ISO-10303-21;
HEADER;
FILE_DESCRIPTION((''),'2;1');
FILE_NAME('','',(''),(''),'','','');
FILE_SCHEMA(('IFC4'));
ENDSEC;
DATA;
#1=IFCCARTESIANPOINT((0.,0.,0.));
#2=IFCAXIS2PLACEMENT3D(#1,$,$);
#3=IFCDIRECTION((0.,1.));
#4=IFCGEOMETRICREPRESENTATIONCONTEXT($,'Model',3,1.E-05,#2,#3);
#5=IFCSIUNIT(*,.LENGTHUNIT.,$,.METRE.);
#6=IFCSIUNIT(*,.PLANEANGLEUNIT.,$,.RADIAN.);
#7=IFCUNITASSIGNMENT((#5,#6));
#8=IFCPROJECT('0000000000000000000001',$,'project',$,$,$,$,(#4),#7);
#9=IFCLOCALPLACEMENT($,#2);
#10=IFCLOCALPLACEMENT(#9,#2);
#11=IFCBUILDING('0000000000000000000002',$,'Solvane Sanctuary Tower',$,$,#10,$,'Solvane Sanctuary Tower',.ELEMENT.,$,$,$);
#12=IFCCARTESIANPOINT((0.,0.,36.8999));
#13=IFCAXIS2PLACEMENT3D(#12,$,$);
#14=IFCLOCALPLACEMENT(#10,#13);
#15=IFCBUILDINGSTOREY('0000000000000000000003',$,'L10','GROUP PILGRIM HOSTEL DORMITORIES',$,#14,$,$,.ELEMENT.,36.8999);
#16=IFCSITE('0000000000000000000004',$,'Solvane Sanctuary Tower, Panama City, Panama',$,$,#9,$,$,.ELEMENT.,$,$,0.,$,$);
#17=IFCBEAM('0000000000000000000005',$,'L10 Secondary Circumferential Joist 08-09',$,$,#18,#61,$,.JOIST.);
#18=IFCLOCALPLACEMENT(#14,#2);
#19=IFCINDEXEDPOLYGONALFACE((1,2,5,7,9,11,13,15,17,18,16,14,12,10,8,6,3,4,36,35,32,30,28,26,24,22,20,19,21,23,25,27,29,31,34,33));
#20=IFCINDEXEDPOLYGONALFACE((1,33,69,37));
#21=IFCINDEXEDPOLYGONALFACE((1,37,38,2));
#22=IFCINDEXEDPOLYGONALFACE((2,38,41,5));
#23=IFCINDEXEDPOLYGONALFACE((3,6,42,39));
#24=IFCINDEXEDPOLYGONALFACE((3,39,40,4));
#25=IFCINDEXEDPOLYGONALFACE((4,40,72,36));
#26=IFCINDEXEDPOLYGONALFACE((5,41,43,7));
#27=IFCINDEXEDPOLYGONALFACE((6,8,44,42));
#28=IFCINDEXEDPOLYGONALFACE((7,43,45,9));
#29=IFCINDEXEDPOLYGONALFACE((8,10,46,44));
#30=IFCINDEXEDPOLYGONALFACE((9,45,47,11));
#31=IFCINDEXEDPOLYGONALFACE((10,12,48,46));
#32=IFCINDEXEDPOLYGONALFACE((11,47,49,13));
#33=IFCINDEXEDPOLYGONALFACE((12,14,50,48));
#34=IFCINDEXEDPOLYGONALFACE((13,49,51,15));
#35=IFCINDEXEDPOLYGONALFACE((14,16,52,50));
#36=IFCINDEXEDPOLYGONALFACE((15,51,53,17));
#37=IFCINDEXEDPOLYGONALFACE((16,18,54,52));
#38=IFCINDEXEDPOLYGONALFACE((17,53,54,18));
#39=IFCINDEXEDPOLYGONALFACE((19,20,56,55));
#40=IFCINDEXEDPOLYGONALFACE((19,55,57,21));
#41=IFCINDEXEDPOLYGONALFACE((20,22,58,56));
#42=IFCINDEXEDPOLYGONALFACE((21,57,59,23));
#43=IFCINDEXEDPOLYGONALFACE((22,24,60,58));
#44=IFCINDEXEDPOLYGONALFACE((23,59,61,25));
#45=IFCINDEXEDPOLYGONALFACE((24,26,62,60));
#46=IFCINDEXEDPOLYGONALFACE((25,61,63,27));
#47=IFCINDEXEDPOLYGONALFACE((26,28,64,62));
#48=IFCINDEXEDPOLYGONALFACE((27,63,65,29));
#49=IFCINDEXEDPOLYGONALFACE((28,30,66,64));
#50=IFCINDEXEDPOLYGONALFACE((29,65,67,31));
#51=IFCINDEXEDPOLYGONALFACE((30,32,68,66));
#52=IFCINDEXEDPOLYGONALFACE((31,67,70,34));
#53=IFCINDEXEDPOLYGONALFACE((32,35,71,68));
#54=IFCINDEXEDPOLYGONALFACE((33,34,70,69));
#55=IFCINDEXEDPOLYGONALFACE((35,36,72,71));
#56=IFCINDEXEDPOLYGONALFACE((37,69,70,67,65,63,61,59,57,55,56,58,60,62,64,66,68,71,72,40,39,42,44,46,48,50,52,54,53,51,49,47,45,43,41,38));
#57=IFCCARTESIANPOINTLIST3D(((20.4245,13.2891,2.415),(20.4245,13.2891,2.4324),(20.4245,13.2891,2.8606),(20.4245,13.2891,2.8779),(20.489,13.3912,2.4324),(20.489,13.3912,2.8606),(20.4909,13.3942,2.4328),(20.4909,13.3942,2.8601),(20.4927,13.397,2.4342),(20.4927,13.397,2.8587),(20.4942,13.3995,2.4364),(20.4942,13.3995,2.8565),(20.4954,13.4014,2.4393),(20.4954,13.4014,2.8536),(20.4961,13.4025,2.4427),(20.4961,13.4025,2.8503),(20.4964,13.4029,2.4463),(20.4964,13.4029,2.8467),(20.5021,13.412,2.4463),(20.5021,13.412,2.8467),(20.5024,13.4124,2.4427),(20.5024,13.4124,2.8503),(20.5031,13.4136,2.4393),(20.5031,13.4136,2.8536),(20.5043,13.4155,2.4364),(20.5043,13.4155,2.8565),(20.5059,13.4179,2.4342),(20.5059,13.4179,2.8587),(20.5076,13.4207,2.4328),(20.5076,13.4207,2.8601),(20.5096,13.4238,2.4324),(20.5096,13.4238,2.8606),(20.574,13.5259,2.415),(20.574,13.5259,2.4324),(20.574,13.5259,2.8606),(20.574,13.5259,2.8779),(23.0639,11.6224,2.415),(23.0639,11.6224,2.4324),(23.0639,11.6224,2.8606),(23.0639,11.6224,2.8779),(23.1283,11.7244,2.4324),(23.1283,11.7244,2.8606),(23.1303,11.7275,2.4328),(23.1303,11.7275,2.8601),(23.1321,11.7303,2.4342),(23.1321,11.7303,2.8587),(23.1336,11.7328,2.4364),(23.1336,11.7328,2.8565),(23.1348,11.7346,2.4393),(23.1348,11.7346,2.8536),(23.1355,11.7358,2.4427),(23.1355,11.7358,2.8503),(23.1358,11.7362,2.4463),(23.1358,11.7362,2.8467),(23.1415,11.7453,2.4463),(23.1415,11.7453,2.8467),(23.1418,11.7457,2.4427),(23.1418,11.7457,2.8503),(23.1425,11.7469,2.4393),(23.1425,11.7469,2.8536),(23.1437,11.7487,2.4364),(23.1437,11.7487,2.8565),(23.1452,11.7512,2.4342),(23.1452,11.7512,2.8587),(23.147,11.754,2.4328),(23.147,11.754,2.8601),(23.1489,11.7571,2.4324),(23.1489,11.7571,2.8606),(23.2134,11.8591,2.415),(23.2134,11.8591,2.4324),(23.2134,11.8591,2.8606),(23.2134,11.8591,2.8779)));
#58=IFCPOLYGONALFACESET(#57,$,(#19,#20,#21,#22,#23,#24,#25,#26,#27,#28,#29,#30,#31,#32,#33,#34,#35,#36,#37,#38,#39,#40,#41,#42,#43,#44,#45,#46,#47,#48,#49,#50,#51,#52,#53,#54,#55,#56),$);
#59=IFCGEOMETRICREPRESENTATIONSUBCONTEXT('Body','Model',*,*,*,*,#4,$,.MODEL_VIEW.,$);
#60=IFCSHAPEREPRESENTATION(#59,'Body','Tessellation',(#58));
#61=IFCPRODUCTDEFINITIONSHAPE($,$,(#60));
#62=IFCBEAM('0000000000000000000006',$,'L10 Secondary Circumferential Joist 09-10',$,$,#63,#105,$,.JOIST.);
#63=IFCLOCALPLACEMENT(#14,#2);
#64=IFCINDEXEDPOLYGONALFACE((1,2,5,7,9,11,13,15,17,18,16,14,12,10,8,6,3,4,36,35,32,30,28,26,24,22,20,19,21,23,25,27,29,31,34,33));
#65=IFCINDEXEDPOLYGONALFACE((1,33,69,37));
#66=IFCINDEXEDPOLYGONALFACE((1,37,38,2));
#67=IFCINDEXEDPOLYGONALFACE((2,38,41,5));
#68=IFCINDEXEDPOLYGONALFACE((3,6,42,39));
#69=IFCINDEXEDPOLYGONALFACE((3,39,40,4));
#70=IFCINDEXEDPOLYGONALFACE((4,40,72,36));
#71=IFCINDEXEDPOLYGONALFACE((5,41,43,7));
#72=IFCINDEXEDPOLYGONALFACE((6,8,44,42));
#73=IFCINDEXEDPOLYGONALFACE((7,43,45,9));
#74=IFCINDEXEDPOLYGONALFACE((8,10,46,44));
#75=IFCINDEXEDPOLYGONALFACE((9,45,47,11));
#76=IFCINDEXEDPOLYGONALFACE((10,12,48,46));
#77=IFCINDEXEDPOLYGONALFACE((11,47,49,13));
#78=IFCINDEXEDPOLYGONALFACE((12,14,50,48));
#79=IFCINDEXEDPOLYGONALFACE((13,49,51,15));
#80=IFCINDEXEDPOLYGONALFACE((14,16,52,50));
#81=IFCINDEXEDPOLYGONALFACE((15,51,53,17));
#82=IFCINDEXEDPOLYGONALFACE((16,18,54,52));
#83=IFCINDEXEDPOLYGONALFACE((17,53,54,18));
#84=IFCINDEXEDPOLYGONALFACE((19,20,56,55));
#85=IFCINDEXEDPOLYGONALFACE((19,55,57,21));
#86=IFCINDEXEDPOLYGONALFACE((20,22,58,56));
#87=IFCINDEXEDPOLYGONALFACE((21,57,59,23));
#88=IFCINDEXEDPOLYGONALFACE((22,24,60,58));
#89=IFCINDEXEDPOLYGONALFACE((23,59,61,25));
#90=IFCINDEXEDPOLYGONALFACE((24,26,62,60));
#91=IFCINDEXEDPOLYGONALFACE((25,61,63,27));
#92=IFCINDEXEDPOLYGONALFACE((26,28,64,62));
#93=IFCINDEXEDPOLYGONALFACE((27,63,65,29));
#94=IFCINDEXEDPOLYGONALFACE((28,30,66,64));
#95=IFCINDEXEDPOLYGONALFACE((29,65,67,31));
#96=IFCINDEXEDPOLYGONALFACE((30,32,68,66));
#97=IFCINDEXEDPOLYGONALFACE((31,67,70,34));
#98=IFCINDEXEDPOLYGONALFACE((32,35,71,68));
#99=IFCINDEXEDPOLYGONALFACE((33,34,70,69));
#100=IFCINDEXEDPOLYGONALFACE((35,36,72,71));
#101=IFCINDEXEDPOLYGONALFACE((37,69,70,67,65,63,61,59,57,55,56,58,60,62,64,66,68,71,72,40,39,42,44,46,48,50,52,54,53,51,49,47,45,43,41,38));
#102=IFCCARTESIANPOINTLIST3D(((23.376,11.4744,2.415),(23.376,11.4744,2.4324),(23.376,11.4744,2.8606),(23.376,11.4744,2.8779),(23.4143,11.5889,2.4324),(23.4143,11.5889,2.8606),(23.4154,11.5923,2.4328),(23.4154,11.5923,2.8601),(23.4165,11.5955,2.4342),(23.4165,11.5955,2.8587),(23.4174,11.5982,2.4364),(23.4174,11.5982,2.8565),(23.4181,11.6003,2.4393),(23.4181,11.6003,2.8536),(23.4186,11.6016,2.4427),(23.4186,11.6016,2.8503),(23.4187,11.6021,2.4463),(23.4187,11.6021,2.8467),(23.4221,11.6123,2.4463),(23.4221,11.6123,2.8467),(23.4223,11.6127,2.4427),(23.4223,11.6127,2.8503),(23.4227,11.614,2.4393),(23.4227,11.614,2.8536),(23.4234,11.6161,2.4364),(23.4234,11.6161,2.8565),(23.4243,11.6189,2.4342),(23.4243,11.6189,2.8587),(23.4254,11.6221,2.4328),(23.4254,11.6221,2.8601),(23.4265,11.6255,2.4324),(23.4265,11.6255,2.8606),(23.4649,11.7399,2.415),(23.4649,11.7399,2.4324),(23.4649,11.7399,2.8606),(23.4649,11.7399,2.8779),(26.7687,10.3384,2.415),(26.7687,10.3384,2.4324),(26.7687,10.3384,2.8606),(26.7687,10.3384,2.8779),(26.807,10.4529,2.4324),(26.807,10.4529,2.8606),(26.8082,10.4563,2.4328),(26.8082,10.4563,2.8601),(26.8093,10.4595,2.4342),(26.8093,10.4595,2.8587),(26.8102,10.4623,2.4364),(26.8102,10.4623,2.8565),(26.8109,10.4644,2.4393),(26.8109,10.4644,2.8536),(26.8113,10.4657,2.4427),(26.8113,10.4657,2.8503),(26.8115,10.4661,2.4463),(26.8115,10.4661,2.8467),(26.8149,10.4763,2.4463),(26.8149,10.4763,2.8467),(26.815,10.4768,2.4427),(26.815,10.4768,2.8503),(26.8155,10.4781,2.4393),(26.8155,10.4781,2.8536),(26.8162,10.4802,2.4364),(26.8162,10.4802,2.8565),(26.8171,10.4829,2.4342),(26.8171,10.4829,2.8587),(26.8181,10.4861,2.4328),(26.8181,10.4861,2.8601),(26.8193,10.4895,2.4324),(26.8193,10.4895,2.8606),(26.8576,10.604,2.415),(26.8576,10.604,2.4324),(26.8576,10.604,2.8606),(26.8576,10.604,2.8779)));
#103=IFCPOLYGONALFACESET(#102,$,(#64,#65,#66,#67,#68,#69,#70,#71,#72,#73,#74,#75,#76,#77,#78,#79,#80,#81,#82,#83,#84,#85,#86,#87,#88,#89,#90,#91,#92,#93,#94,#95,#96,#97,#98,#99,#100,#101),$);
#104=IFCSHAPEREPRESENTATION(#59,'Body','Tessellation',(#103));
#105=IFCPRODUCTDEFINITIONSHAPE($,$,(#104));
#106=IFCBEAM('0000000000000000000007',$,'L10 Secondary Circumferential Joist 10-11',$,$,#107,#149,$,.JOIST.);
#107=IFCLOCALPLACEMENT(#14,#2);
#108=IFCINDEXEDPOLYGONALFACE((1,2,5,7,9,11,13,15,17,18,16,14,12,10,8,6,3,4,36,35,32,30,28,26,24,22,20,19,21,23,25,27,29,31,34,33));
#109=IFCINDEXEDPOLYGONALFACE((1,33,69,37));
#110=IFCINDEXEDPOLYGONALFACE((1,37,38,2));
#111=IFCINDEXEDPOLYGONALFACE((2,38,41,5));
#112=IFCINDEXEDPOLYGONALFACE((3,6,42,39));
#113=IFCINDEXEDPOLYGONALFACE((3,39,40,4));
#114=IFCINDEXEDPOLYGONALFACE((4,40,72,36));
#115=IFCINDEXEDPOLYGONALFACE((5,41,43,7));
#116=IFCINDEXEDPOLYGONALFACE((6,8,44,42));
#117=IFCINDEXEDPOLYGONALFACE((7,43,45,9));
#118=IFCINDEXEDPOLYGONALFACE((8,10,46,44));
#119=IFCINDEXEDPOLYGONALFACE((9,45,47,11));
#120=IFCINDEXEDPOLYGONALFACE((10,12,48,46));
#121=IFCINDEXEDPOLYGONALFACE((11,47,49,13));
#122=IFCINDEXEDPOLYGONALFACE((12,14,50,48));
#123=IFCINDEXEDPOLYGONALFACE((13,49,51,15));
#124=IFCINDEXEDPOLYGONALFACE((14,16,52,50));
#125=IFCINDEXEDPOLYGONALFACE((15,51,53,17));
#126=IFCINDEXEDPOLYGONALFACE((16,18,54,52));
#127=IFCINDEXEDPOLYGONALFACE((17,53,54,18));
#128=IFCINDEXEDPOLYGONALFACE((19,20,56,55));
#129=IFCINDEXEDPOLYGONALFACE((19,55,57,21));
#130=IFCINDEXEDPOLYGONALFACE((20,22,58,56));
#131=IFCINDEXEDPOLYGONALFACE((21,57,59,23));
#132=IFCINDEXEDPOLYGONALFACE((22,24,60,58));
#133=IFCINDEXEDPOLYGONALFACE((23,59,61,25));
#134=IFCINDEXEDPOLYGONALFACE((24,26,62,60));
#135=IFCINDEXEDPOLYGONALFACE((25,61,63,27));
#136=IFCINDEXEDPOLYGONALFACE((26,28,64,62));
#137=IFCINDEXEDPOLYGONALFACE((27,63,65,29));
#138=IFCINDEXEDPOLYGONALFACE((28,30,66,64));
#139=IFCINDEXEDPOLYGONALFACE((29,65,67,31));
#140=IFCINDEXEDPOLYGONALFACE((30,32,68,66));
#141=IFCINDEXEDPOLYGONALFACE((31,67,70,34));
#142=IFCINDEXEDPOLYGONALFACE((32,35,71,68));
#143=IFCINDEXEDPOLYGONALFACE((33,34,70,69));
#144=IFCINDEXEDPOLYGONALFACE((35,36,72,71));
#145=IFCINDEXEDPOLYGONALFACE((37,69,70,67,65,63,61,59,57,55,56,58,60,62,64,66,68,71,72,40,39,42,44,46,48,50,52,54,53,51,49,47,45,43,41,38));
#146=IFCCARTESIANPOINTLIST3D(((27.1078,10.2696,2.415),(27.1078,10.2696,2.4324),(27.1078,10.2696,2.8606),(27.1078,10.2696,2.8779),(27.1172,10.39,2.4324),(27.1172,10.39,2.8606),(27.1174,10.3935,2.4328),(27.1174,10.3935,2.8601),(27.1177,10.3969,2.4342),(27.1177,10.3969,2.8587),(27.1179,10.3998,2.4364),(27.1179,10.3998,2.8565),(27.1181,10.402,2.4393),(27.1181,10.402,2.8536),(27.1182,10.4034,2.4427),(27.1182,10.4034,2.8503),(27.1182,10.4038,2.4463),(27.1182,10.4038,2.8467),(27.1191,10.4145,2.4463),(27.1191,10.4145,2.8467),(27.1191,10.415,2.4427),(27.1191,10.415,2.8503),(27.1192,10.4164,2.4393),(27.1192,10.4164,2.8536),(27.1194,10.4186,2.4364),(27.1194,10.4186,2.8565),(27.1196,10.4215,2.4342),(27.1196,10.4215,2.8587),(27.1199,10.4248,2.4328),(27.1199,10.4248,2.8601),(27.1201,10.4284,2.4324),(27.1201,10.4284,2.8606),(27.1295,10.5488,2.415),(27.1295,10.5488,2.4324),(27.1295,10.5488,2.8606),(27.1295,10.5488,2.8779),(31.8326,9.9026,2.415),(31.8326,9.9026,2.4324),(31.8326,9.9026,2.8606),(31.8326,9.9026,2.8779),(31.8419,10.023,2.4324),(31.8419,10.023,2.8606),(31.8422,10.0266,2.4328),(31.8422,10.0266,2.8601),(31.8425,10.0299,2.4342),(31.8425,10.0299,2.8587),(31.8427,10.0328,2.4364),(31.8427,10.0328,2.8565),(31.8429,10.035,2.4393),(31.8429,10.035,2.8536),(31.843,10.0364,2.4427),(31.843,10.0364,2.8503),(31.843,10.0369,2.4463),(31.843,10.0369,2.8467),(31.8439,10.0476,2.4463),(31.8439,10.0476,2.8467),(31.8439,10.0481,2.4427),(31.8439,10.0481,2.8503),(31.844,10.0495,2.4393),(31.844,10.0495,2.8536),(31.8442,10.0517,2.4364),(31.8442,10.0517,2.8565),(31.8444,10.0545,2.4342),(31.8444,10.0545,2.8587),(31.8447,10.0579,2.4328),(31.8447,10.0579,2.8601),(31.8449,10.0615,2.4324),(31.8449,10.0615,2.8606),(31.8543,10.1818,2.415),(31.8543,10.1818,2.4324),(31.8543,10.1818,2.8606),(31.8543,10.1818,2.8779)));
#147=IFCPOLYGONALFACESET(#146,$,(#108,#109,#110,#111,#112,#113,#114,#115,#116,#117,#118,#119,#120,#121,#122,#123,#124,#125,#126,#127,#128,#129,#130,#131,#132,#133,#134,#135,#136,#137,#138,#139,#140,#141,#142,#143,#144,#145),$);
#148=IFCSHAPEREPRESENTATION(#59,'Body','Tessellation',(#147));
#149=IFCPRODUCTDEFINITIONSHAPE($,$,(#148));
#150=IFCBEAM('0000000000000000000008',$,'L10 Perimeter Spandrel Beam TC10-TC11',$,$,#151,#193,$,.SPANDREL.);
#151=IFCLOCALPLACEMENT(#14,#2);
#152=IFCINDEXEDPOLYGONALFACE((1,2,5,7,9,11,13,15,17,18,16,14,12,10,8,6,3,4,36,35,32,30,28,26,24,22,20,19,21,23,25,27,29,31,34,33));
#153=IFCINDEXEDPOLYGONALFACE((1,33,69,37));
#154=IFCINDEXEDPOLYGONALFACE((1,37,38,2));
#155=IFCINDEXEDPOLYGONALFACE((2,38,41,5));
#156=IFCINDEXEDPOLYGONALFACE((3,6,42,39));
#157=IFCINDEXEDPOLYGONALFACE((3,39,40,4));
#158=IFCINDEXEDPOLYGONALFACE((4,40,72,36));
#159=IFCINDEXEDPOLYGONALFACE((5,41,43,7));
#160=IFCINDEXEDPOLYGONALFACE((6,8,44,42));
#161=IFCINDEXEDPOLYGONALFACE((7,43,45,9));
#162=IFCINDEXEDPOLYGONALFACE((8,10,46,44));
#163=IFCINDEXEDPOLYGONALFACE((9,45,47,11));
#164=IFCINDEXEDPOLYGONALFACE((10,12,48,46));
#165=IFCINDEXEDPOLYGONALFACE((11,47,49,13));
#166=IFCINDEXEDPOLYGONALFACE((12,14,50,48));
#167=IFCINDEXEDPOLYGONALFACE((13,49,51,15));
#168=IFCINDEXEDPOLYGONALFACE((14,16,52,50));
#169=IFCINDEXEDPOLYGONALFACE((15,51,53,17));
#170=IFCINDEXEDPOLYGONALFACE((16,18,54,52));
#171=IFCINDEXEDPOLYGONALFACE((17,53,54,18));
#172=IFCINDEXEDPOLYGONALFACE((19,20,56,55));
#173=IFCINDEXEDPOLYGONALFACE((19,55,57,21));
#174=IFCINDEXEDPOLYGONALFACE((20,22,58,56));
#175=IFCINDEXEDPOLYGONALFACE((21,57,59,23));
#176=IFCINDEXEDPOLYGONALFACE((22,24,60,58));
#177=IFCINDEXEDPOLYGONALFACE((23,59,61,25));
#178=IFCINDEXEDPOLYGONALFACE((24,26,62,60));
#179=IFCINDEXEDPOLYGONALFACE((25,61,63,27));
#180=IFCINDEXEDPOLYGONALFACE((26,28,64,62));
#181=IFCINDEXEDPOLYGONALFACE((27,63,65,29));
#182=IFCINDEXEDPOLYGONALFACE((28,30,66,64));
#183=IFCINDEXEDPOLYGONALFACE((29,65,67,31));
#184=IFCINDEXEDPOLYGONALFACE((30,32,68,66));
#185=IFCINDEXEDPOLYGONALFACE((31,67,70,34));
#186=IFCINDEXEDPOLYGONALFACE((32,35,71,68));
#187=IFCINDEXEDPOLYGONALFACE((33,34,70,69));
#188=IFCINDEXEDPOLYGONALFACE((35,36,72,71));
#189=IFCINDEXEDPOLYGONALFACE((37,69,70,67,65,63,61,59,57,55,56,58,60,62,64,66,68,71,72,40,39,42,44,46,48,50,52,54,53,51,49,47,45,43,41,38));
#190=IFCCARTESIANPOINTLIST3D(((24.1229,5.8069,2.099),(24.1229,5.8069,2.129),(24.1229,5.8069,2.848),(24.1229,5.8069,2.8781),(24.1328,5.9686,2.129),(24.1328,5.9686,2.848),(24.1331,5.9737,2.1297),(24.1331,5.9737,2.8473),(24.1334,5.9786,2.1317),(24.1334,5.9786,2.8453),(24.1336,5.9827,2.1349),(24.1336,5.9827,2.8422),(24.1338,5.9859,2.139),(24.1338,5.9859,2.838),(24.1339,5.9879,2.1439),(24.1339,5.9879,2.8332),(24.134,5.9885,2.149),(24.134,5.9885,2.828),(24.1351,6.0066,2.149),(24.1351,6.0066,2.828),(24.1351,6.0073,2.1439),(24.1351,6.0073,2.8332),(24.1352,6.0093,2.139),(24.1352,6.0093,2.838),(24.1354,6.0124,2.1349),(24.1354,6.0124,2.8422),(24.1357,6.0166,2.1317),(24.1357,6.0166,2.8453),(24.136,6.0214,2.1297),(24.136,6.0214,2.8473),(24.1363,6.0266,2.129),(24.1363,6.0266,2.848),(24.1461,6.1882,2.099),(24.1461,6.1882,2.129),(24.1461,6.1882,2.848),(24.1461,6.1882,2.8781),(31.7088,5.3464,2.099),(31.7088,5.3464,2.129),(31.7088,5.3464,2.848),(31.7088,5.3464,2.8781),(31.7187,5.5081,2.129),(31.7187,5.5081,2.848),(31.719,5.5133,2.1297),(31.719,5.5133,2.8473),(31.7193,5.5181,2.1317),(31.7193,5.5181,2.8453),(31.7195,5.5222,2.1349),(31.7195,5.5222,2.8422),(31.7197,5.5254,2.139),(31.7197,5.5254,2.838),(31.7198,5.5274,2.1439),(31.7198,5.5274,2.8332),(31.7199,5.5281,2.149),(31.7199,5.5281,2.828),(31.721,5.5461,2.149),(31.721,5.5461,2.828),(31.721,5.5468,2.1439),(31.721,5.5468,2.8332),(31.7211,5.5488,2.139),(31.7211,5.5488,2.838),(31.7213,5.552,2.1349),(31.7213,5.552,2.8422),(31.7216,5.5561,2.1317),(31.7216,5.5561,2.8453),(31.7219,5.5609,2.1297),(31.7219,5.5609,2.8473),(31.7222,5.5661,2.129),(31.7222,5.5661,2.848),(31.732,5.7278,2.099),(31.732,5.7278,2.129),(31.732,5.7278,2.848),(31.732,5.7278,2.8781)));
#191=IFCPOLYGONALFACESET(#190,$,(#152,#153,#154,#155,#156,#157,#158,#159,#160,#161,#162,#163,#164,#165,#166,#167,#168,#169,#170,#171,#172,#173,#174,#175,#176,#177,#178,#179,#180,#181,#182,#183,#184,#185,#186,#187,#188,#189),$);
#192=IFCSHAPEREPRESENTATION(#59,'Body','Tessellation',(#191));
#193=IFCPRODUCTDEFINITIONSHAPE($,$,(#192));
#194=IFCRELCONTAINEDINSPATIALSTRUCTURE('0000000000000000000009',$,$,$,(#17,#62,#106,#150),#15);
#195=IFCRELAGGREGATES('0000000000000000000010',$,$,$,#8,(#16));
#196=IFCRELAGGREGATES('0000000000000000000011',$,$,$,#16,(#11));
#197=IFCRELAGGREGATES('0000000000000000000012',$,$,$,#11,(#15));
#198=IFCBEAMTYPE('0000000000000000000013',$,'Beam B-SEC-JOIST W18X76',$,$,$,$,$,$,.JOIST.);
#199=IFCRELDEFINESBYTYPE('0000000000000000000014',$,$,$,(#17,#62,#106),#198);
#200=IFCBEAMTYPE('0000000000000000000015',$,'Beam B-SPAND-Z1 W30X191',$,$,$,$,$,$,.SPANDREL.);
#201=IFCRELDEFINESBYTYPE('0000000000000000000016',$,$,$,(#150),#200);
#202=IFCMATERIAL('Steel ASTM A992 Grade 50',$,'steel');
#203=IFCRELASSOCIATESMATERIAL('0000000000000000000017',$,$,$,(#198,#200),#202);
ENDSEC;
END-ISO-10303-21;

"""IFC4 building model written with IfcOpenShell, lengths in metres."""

from ifc_helpers import new_model, si_unit, direction, frame, origin, origin_2d, place, context, subcontext, project, spatial, i_section, extrude, material, material_profile, profile_set, type_object, element, save


model = new_model("IFC4")

# Units and contexts
model_context = context("Model", 3, precision=1e-05, world=origin(), true_north=direction((0.0, 1.0)))
body_context = subcontext(model_context, "Body", "Model", "MODEL_VIEW")
ifc_project = project(units=[si_unit("LENGTHUNIT", "METRE"), si_unit("PLANEANGLEUNIT", "RADIAN")], contexts=[model_context])

# Site, building, storey
site_placement = place(None, origin())
site = spatial("IfcSite", under=ifc_project, at=site_placement, Name="Solvane Sanctuary Tower, Panama City, Panama", CompositionType="ELEMENT", RefElevation=0.0)
building_placement = place(site_placement, origin())
building = spatial("IfcBuilding", under=site, at=building_placement, Name="Solvane Sanctuary Tower", LongName="Solvane Sanctuary Tower", CompositionType="ELEMENT")
storey_placement = place(building_placement, frame((0.0, 0.0, 36.8999)))
storey = spatial("IfcBuildingStorey", under=building, at=storey_placement, Name="L10", Description="GROUP PILGRIM HOSTEL DORMITORIES", CompositionType="ELEMENT", Elevation=36.8999)

# Beams
ifc_material_1 = material(Name="Steel ASTM A992 Grade 50", Category="steel")
ifc_material_profile_1 = material_profile(ifc_material_1, i_section(OverallWidth=0.28, OverallDepth=0.4629, WebThickness=0.0107, FlangeThickness=0.0173, FilletRadius=0.0139, at=origin_2d()), Name="W18X76")
ifc_profile_set_1 = profile_set([ifc_material_profile_1], Name="Steel ASTM A992 Grade 50")
beam_type_1 = type_object("IfcBeamType", Name="Beam B-SEC-JOIST W18X76", PredefinedType="JOIST", material=ifc_profile_set_1)
beam_1_placement = place(storey_placement, frame((20.4993, 13.4075, 2.6465), z_axis=(0.845524, -0.533937, 0.0), x_axis=(0.533937, 0.845524, 0.0)))
element("IfcBeam", 1, at=beam_1_placement, inside=storey, type_object=beam_type_1, Name="L10 Secondary Circumferential Joist 08-09", PredefinedType="JOIST", context=body_context, shape_type="SweptSolid", body=[
    extrude(i_section(OverallWidth=0.28, OverallDepth=0.4629, WebThickness=0.0107, FlangeThickness=0.0173, FilletRadius=0.0139, at=origin_2d()), origin(), (0.0, 0.0, 1.0), 3.1216),
])
beam_2_placement = place(storey_placement, frame((23.4204, 11.6072, 2.6465), z_axis=(0.948259, -0.317497, 0.0), x_axis=(0.317497, 0.948259, 0.0)))
element("IfcBeam", 2, at=beam_2_placement, inside=storey, type_object=beam_type_1, Name="L10 Secondary Circumferential Joist 09-10", PredefinedType="JOIST", context=body_context, shape_type="SweptSolid", body=[
    extrude(i_section(OverallWidth=0.28, OverallDepth=0.4629, WebThickness=0.0107, FlangeThickness=0.0173, FilletRadius=0.0139, at=origin_2d()), origin(), (0.0, 0.0, 1.0), 3.5779),
])
beam_3_placement = place(storey_placement, frame((27.1187, 10.4092, 2.6465), z_axis=(0.996998, -0.077429, 0.0), x_axis=(0.077429, 0.996998, 0.0)))
element("IfcBeam", 3, at=beam_3_placement, inside=storey, type_object=beam_type_1, Name="L10 Secondary Circumferential Joist 10-11", PredefinedType="JOIST", context=body_context, shape_type="SweptSolid", body=[
    extrude(i_section(OverallWidth=0.28, OverallDepth=0.4629, WebThickness=0.0107, FlangeThickness=0.0173, FilletRadius=0.0139, at=origin_2d()), origin(), (0.0, 0.0, 1.0), 4.739),
])
ifc_material_profile_2 = material_profile(ifc_material_1, i_section(OverallWidth=0.3821, OverallDepth=0.7791, WebThickness=0.0181, FlangeThickness=0.03, FilletRadius=0.02, at=origin_2d()), Name="W30X191")
ifc_profile_set_2 = profile_set([ifc_material_profile_2], Name="Steel ASTM A992 Grade 50")
beam_type_2 = type_object("IfcBeamType", Name="Beam B-SPAND-Z1 W30X191", PredefinedType="SPANDREL", material=ifc_profile_set_2)
beam_4_placement = place(storey_placement, frame((24.1345, 5.9976, 2.4885), z_axis=(0.998163, -0.060586, 0.0), x_axis=(0.060586, 0.998163, 0.0)))
element("IfcBeam", 4, at=beam_4_placement, inside=storey, type_object=beam_type_2, Name="L10 Perimeter Spandrel Beam TC10-TC11", PredefinedType="SPANDREL", context=body_context, shape_type="SweptSolid", body=[
    extrude(i_section(OverallWidth=0.3821, OverallDepth=0.7791, WebThickness=0.0181, FlangeThickness=0.03, FilletRadius=0.02, at=origin_2d()), origin(), (0.0, 0.0, 1.0), 7.5999),
])

save(model, "model.ifc")
